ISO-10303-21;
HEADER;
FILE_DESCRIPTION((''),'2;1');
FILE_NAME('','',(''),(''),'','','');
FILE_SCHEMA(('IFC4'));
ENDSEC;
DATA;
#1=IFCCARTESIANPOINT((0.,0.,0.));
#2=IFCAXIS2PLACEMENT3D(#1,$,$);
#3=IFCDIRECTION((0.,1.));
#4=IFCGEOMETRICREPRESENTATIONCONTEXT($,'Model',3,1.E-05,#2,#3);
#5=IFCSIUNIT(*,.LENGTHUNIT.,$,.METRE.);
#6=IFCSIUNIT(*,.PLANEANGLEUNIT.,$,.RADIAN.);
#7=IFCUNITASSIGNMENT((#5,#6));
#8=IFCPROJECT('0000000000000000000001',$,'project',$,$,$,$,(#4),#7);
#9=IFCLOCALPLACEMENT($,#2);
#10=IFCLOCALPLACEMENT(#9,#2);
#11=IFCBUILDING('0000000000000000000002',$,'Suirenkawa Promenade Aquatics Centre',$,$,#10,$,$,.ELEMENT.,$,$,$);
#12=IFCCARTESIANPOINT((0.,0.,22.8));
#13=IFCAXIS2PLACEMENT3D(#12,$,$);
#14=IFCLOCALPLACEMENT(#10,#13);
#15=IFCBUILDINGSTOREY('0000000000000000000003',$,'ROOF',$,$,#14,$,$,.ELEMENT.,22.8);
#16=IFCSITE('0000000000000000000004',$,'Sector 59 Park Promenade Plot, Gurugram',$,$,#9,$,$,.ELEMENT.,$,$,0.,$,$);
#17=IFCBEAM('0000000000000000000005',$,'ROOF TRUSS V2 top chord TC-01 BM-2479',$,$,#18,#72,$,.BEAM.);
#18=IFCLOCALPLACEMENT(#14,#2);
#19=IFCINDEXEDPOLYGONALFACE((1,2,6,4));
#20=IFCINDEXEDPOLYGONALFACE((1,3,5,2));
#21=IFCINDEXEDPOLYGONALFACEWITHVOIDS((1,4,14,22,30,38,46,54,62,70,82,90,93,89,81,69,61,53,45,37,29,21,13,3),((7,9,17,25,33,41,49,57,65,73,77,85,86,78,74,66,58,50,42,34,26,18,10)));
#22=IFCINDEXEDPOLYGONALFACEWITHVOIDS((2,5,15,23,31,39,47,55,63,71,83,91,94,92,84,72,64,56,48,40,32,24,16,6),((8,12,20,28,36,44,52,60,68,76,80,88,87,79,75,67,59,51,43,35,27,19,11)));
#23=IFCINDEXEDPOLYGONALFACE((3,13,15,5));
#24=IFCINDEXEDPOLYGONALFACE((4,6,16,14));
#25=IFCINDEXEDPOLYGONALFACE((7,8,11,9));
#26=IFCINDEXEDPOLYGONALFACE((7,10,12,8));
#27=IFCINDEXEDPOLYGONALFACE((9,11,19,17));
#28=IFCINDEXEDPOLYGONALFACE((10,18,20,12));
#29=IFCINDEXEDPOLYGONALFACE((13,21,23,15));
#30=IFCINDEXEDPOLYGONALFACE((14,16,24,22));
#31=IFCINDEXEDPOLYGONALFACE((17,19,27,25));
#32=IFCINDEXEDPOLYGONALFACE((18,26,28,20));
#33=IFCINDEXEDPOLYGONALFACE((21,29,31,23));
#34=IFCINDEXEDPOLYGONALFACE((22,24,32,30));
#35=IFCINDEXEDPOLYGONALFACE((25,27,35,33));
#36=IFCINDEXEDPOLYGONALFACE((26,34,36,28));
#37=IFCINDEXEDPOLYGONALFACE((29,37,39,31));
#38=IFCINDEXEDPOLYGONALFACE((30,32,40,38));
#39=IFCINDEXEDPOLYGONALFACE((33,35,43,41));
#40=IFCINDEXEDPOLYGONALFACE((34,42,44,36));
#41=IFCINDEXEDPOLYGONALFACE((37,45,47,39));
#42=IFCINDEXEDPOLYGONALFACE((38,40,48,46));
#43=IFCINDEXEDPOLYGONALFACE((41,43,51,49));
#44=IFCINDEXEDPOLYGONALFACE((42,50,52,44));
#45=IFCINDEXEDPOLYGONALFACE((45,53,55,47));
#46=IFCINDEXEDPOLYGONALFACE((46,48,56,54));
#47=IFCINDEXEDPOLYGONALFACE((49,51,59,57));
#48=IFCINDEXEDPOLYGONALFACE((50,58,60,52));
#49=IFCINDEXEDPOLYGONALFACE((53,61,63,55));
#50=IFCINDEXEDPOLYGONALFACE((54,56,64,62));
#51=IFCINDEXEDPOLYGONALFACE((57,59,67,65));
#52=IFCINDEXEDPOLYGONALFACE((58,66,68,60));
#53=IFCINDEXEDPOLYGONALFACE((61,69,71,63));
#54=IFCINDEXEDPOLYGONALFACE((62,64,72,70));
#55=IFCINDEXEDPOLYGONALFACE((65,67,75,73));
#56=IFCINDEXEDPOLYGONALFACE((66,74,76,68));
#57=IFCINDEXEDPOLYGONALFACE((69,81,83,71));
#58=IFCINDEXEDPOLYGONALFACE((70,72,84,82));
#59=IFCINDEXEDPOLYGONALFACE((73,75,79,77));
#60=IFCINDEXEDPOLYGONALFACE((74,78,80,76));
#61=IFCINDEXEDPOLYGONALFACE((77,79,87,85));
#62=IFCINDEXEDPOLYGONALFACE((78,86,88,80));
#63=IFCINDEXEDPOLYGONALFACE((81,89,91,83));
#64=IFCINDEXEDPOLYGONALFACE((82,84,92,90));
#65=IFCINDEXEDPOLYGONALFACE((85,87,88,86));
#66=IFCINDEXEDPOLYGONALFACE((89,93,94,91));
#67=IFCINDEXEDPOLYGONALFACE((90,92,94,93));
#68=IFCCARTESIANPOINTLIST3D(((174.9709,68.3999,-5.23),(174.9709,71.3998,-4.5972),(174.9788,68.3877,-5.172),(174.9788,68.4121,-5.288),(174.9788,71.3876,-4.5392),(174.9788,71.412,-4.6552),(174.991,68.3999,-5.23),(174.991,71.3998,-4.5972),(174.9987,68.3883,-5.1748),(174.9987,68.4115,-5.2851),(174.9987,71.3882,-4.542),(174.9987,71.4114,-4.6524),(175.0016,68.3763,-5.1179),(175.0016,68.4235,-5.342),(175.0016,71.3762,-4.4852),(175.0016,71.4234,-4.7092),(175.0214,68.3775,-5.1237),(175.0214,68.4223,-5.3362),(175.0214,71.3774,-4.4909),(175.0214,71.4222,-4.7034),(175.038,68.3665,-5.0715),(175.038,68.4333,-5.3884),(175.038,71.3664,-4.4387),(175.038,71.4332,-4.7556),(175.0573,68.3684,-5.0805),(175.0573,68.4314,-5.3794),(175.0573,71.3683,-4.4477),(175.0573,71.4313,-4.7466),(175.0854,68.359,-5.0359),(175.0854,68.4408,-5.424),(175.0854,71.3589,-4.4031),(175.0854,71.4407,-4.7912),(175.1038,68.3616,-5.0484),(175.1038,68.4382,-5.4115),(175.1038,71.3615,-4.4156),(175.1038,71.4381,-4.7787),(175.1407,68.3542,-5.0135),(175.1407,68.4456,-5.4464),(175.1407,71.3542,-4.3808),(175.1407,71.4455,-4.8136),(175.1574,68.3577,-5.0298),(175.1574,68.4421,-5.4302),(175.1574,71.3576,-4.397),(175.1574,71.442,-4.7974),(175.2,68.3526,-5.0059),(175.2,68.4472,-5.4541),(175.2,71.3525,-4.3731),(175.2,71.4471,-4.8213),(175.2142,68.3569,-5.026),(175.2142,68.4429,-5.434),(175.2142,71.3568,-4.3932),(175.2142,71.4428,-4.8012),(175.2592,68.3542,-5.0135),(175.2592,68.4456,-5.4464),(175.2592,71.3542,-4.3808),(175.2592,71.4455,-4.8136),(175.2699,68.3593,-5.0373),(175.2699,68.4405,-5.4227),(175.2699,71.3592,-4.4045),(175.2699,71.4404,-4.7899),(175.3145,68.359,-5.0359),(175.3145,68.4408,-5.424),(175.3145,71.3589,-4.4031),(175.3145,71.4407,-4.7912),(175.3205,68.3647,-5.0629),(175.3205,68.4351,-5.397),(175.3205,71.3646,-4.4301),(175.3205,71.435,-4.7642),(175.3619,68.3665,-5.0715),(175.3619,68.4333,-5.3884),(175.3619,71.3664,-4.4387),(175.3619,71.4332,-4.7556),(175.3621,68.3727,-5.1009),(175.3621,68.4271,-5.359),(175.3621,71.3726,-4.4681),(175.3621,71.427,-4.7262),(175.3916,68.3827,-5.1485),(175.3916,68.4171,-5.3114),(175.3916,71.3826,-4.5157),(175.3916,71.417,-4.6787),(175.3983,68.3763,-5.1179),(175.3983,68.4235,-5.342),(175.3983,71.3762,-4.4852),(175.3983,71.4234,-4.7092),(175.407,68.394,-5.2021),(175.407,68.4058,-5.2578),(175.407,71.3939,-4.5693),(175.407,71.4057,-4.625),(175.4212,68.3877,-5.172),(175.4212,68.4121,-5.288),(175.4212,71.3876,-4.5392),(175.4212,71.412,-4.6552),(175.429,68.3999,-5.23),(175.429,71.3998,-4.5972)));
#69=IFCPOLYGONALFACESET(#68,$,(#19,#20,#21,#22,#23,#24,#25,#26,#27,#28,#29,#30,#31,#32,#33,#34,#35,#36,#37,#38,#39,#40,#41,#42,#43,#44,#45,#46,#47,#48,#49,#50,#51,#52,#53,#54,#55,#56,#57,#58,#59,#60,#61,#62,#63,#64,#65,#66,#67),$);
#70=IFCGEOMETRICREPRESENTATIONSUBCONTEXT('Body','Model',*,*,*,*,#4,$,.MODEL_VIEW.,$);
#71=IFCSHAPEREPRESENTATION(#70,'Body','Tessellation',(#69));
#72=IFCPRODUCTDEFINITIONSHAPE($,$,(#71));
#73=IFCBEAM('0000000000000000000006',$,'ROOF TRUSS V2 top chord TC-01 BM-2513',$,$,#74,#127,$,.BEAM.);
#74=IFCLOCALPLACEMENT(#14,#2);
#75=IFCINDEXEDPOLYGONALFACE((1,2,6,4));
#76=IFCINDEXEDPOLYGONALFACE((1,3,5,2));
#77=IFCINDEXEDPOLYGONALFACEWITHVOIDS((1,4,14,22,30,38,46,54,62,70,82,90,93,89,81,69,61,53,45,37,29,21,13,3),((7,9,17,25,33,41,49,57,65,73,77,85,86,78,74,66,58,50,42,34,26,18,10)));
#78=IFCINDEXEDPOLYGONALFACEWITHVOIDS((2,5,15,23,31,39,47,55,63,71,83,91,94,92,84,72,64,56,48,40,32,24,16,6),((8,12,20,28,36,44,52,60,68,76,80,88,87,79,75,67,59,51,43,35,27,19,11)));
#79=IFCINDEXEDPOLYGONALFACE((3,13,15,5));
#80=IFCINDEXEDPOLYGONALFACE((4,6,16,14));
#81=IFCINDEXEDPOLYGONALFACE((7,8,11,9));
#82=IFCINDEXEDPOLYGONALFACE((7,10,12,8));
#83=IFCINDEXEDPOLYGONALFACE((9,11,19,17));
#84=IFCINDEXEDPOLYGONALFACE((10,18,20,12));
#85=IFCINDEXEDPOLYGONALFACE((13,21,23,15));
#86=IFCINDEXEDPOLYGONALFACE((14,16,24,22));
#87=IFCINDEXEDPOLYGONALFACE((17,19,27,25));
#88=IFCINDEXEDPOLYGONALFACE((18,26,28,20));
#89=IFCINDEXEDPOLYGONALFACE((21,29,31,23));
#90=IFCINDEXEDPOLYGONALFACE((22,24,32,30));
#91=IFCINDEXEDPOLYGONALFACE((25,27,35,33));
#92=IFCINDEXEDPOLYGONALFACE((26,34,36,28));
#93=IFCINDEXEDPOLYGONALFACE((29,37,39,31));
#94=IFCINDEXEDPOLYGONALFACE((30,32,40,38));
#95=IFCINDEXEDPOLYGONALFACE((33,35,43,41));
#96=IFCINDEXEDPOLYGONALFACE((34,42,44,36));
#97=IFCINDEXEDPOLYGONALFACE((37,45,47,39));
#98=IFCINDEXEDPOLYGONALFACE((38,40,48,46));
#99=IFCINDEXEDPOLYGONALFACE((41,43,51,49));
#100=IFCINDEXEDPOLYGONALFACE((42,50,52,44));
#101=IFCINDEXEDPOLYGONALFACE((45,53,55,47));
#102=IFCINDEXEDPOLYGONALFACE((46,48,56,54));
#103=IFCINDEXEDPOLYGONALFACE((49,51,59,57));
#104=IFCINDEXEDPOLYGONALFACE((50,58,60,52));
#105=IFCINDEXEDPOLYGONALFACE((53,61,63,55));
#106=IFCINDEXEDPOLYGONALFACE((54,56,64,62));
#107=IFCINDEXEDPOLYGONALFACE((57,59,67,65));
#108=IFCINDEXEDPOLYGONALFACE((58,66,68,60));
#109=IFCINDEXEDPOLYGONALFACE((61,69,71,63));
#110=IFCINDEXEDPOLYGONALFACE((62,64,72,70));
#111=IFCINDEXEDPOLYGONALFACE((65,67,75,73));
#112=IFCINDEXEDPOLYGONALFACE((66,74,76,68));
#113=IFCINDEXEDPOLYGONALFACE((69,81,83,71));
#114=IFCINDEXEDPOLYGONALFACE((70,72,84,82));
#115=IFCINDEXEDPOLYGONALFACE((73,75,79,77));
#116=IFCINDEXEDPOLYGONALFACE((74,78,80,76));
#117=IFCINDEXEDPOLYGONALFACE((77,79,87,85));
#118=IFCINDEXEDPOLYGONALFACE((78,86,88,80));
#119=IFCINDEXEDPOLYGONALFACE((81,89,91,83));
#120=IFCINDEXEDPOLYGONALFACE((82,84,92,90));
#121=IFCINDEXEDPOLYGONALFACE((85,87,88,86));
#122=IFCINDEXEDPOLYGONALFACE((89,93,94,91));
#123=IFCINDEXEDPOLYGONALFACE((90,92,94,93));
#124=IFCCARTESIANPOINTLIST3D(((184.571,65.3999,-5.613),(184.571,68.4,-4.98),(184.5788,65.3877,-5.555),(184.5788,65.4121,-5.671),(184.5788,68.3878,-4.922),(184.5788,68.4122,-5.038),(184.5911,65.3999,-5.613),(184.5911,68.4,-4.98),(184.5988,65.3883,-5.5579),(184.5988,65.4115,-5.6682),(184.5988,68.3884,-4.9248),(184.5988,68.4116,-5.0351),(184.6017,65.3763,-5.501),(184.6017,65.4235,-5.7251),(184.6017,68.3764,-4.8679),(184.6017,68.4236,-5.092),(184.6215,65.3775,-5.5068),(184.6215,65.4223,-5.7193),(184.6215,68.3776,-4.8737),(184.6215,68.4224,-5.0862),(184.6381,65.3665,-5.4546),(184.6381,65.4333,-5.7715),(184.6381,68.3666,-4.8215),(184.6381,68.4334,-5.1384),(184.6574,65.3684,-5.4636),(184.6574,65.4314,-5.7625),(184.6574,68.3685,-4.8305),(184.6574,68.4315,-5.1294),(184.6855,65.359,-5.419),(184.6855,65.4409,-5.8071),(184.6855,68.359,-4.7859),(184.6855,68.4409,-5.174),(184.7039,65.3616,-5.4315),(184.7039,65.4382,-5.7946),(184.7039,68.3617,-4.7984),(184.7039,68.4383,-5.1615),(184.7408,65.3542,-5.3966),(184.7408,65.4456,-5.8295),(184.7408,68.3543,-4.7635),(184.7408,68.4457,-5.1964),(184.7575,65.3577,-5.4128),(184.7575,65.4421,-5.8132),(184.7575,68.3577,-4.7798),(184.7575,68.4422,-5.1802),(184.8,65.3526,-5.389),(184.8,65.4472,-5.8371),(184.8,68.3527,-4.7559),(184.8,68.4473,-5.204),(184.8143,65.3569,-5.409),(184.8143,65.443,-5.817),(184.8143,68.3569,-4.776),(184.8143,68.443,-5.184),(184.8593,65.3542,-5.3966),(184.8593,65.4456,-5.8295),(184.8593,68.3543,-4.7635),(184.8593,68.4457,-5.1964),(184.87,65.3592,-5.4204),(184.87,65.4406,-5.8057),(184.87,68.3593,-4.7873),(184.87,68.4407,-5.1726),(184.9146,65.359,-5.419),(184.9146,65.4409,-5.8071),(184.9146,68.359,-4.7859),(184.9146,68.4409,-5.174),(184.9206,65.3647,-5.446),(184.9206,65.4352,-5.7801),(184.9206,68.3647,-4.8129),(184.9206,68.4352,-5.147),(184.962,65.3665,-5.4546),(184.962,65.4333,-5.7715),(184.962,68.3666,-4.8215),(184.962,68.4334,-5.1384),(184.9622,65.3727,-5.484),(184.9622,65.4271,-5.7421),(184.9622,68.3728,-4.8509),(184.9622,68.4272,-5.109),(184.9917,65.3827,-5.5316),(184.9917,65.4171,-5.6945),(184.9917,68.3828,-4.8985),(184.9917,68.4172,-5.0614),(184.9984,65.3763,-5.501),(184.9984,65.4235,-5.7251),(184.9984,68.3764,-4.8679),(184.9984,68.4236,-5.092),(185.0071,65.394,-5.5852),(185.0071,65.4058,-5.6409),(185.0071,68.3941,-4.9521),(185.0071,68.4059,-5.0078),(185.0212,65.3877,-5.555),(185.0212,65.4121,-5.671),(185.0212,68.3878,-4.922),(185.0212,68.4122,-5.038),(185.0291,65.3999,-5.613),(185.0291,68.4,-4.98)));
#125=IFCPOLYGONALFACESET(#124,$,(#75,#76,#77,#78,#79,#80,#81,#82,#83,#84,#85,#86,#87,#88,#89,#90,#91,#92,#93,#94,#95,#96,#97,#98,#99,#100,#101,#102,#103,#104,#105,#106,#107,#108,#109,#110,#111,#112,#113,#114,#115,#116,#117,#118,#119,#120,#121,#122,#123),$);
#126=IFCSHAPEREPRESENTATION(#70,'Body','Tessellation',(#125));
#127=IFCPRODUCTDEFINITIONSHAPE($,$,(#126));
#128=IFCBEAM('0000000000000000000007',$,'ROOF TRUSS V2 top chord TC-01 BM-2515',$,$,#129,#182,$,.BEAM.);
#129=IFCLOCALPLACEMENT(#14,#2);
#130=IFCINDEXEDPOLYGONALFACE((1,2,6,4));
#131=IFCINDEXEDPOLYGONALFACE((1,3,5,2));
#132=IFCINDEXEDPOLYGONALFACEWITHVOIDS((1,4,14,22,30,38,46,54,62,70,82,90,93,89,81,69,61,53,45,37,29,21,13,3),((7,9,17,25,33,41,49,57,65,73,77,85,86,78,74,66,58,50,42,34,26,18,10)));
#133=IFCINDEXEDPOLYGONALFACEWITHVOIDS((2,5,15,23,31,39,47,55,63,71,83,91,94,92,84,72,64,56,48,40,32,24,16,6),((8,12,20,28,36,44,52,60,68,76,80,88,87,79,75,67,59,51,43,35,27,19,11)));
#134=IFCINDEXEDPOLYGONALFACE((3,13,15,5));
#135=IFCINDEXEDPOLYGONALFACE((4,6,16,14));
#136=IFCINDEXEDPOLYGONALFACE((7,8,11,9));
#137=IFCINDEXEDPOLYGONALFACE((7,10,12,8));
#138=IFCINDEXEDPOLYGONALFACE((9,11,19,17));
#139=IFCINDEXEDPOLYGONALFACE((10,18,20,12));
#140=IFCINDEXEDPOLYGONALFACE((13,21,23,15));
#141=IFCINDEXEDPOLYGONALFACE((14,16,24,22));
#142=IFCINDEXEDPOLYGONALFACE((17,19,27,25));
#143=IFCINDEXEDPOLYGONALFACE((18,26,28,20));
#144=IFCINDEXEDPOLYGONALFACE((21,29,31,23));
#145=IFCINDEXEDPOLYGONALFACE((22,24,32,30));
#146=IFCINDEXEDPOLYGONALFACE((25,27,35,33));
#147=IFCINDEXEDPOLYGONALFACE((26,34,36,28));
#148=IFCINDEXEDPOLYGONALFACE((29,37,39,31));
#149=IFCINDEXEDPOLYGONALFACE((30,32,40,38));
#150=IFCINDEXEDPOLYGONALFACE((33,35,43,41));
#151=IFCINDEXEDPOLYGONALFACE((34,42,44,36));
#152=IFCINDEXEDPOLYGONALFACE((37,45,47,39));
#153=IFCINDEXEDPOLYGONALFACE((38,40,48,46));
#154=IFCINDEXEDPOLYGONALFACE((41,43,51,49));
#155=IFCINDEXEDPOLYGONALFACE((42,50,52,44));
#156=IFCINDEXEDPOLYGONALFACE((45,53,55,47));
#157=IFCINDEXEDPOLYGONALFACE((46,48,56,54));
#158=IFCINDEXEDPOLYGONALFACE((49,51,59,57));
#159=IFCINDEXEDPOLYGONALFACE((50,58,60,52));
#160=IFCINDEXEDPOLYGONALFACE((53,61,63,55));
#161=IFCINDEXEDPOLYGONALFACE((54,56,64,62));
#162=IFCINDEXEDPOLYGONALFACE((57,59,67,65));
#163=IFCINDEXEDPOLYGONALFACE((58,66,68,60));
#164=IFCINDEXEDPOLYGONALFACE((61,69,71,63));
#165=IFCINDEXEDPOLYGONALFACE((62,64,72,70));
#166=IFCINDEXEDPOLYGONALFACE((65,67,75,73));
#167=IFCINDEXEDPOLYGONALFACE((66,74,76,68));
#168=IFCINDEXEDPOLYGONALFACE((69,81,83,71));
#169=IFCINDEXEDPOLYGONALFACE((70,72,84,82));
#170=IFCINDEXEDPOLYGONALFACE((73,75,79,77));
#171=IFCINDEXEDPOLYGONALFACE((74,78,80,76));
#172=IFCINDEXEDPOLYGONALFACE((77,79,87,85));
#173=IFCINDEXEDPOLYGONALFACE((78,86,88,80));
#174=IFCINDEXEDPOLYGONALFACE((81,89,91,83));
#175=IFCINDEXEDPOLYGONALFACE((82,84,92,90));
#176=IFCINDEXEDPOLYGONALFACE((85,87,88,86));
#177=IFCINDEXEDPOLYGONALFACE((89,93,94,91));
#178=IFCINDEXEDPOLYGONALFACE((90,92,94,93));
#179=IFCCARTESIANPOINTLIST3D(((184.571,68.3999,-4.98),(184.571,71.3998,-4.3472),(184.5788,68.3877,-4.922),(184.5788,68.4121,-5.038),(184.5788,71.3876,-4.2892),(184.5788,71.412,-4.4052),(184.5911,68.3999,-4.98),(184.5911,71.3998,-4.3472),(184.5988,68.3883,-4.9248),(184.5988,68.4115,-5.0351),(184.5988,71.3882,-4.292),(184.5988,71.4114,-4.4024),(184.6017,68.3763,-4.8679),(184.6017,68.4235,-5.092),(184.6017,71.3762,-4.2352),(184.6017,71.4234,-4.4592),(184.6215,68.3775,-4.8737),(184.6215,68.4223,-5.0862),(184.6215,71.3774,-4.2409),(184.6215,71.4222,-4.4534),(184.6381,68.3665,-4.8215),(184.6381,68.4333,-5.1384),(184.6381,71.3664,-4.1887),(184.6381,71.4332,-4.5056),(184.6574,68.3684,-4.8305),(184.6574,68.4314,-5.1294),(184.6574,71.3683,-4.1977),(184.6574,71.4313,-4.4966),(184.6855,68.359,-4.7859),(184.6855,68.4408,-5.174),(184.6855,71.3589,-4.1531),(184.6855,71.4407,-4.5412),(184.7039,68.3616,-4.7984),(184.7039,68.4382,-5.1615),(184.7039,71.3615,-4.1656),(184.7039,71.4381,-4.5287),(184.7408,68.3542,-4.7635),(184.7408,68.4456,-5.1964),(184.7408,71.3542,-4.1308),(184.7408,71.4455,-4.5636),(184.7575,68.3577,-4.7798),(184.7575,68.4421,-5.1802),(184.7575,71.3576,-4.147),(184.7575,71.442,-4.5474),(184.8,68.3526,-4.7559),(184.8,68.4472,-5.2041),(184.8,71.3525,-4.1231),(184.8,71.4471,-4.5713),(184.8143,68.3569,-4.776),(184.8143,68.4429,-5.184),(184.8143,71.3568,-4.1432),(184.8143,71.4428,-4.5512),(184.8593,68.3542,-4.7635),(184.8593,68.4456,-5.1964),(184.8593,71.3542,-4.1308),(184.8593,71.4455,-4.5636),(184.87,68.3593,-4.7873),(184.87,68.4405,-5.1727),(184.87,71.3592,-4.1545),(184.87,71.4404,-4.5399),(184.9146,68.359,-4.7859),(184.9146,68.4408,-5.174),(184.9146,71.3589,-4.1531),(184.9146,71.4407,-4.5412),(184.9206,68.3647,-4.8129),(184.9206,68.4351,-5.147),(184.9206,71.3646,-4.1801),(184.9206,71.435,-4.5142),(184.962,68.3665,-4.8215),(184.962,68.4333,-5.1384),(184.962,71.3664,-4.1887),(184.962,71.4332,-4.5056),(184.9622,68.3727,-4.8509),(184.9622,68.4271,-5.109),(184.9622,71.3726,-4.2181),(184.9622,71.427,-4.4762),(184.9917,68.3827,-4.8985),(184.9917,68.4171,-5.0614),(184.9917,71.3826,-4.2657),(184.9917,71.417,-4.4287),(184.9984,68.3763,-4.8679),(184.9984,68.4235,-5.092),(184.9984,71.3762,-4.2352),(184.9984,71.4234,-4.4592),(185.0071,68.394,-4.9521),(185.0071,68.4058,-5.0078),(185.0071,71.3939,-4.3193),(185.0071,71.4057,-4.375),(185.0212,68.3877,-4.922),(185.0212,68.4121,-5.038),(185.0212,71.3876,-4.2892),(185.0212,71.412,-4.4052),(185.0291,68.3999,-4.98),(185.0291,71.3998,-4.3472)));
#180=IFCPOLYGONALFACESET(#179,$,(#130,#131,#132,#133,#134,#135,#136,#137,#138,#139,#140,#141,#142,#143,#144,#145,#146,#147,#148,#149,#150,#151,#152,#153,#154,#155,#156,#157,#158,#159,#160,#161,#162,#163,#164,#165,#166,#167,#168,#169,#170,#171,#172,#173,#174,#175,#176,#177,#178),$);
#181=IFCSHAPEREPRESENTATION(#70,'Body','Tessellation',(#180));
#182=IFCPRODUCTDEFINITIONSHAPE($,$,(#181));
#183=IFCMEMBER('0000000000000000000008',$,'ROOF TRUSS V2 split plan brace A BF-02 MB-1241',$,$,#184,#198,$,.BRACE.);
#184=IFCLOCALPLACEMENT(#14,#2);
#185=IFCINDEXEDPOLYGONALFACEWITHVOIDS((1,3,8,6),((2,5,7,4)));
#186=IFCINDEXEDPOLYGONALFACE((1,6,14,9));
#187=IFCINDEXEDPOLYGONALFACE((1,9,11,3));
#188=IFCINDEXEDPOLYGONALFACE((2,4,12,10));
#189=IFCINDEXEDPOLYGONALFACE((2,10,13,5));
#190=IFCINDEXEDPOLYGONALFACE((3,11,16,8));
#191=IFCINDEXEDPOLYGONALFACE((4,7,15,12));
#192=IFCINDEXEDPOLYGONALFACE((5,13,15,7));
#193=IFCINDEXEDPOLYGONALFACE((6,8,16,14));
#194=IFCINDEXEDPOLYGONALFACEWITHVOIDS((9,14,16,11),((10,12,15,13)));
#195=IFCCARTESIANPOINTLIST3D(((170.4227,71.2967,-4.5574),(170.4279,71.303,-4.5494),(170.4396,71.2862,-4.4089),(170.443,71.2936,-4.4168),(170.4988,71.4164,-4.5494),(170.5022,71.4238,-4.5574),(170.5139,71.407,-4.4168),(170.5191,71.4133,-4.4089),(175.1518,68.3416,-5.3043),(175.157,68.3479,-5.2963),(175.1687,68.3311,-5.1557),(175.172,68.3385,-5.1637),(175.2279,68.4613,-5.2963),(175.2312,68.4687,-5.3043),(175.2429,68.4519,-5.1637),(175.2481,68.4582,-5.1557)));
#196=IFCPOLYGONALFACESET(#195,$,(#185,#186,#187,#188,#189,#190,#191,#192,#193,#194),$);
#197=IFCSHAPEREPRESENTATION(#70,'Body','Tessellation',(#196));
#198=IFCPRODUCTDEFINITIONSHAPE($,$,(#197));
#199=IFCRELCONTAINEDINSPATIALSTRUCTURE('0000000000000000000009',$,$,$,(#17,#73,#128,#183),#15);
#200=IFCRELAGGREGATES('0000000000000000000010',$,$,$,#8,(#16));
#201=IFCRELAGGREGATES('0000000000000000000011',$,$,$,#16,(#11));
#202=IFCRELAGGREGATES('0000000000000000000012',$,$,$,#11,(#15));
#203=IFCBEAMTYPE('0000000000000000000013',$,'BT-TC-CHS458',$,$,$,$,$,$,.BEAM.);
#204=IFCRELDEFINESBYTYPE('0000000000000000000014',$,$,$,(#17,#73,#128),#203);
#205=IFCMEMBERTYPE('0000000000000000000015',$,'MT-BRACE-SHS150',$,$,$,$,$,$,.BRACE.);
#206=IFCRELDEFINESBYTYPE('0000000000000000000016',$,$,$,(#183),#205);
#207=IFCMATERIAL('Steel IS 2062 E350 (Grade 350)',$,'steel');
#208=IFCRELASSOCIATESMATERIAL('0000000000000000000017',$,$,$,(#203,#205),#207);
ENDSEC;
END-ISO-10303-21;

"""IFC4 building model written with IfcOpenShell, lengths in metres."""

from ifc_helpers import new_model, si_unit, direction, frame, origin, origin_2d, place, context, subcontext, project, spatial, hollow_rectangle, hollow_circle, extrude, material, material_profile, profile_set, type_object, element, save


model = new_model("IFC4")

# Units and contexts
model_context = context("Model", 3, precision=1e-05, world=origin(), true_north=direction((0.0, 1.0)))
body_context = subcontext(model_context, "Body", "Model", "MODEL_VIEW")
ifc_project = project(units=[si_unit("LENGTHUNIT", "METRE"), si_unit("PLANEANGLEUNIT", "RADIAN")], contexts=[model_context])

# Site, building, storey
site_placement = place(None, origin())
site = spatial("IfcSite", under=ifc_project, at=site_placement, Name="Sector 59 Park Promenade Plot, Gurugram", CompositionType="ELEMENT", RefElevation=0.0)
building_placement = place(site_placement, origin())
building = spatial("IfcBuilding", under=site, at=building_placement, Name="Suirenkawa Promenade Aquatics Centre", CompositionType="ELEMENT")
storey_placement = place(building_placement, frame((0.0, 0.0, 22.8)))
storey = spatial("IfcBuildingStorey", under=building, at=storey_placement, Name="ROOF", CompositionType="ELEMENT", Elevation=22.8)

# Beams
ifc_material = material(Name="Steel IS 2062 E350 (Grade 350)", Category="steel")
ifc_material_profile_1 = material_profile(ifc_material, hollow_circle(Radius=0.229, WallThickness=0.02, at=origin_2d()), Name="CHS 458x20", Category="steel")
ifc_profile_set_1 = profile_set([ifc_material_profile_1], Name="Steel IS 2062 E350 (Grade 350)")
beam_type_1 = type_object("IfcBeamType", Name="BT-TC-CHS458", PredefinedType="BEAM", material=ifc_profile_set_1)
beam_1_placement = place(storey_placement, frame((175.2, 68.3999, -5.23), z_axis=(0.0, 0.978469, 0.206396), x_axis=(-1.0, 0.0, 0.0)))
element("IfcBeam", 1, at=beam_1_placement, inside=storey, type_object=beam_type_1, Name="ROOF TRUSS V2 top chord TC-01 BM-2479", PredefinedType="BEAM", context=body_context, shape_type="SweptSolid", body=[
    extrude(hollow_circle(Radius=0.229, WallThickness=0.02, at=origin_2d()), origin(), (0.0, 0.0, 1.0), 3.0659),
])
beam_2_placement = place(storey_placement, frame((184.8, 65.3999, -5.613), z_axis=(0.0, 0.978453, 0.206472), x_axis=(-1.0, 0.0, 0.0)))
element("IfcBeam", 2, at=beam_2_placement, inside=storey, type_object=beam_type_1, Name="ROOF TRUSS V2 top chord TC-01 BM-2513", PredefinedType="BEAM", context=body_context, shape_type="SweptSolid", body=[
    extrude(hollow_circle(Radius=0.229, WallThickness=0.02, at=origin_2d()), origin(), (0.0, 0.0, 1.0), 3.0662),
])
beam_3_placement = place(storey_placement, frame((184.8, 68.3999, -4.98), z_axis=(0.0, 0.978469, 0.206396), x_axis=(-1.0, 0.0, 0.0)))
element("IfcBeam", 3, at=beam_3_placement, inside=storey, type_object=beam_type_1, Name="ROOF TRUSS V2 top chord TC-01 BM-2515", PredefinedType="BEAM", context=body_context, shape_type="SweptSolid", body=[
    extrude(hollow_circle(Radius=0.229, WallThickness=0.02, at=origin_2d()), origin(), (0.0, 0.0, 1.0), 3.0659),
])

# Member
ifc_material_profile_2 = material_profile(ifc_material, hollow_rectangle(XDim=0.1499, YDim=0.1499, WallThickness=0.0081, at=origin_2d()), Name="SHS 150x150x8", Category="steel")
ifc_profile_set_2 = profile_set([ifc_material_profile_2], Name="Steel IS 2062 E350 (Grade 350)")
member_type_1 = type_object("IfcMemberType", Name="MT-BRACE-SHS150", PredefinedType="BRACE", material=ifc_profile_set_2)
member_1_placement = place(storey_placement, frame((175.2, 68.3999, -5.23), z_axis=(-0.840538, 0.525239, 0.132742), x_axis=(-0.529928, -0.848043, 0.0)))
element("IfcMember", 4, at=member_1_placement, inside=storey, type_object=member_type_1, Name="ROOF TRUSS V2 split plan brace A BF-02 MB-1241", PredefinedType="BRACE", context=body_context, shape_type="SweptSolid", body=[
    extrude(hollow_rectangle(XDim=0.1499, YDim=0.1499, WallThickness=0.0081, at=origin_2d()), origin(), (0.0, 0.0, 1.0), 5.6262),
])

save(model, "model.ifc")
